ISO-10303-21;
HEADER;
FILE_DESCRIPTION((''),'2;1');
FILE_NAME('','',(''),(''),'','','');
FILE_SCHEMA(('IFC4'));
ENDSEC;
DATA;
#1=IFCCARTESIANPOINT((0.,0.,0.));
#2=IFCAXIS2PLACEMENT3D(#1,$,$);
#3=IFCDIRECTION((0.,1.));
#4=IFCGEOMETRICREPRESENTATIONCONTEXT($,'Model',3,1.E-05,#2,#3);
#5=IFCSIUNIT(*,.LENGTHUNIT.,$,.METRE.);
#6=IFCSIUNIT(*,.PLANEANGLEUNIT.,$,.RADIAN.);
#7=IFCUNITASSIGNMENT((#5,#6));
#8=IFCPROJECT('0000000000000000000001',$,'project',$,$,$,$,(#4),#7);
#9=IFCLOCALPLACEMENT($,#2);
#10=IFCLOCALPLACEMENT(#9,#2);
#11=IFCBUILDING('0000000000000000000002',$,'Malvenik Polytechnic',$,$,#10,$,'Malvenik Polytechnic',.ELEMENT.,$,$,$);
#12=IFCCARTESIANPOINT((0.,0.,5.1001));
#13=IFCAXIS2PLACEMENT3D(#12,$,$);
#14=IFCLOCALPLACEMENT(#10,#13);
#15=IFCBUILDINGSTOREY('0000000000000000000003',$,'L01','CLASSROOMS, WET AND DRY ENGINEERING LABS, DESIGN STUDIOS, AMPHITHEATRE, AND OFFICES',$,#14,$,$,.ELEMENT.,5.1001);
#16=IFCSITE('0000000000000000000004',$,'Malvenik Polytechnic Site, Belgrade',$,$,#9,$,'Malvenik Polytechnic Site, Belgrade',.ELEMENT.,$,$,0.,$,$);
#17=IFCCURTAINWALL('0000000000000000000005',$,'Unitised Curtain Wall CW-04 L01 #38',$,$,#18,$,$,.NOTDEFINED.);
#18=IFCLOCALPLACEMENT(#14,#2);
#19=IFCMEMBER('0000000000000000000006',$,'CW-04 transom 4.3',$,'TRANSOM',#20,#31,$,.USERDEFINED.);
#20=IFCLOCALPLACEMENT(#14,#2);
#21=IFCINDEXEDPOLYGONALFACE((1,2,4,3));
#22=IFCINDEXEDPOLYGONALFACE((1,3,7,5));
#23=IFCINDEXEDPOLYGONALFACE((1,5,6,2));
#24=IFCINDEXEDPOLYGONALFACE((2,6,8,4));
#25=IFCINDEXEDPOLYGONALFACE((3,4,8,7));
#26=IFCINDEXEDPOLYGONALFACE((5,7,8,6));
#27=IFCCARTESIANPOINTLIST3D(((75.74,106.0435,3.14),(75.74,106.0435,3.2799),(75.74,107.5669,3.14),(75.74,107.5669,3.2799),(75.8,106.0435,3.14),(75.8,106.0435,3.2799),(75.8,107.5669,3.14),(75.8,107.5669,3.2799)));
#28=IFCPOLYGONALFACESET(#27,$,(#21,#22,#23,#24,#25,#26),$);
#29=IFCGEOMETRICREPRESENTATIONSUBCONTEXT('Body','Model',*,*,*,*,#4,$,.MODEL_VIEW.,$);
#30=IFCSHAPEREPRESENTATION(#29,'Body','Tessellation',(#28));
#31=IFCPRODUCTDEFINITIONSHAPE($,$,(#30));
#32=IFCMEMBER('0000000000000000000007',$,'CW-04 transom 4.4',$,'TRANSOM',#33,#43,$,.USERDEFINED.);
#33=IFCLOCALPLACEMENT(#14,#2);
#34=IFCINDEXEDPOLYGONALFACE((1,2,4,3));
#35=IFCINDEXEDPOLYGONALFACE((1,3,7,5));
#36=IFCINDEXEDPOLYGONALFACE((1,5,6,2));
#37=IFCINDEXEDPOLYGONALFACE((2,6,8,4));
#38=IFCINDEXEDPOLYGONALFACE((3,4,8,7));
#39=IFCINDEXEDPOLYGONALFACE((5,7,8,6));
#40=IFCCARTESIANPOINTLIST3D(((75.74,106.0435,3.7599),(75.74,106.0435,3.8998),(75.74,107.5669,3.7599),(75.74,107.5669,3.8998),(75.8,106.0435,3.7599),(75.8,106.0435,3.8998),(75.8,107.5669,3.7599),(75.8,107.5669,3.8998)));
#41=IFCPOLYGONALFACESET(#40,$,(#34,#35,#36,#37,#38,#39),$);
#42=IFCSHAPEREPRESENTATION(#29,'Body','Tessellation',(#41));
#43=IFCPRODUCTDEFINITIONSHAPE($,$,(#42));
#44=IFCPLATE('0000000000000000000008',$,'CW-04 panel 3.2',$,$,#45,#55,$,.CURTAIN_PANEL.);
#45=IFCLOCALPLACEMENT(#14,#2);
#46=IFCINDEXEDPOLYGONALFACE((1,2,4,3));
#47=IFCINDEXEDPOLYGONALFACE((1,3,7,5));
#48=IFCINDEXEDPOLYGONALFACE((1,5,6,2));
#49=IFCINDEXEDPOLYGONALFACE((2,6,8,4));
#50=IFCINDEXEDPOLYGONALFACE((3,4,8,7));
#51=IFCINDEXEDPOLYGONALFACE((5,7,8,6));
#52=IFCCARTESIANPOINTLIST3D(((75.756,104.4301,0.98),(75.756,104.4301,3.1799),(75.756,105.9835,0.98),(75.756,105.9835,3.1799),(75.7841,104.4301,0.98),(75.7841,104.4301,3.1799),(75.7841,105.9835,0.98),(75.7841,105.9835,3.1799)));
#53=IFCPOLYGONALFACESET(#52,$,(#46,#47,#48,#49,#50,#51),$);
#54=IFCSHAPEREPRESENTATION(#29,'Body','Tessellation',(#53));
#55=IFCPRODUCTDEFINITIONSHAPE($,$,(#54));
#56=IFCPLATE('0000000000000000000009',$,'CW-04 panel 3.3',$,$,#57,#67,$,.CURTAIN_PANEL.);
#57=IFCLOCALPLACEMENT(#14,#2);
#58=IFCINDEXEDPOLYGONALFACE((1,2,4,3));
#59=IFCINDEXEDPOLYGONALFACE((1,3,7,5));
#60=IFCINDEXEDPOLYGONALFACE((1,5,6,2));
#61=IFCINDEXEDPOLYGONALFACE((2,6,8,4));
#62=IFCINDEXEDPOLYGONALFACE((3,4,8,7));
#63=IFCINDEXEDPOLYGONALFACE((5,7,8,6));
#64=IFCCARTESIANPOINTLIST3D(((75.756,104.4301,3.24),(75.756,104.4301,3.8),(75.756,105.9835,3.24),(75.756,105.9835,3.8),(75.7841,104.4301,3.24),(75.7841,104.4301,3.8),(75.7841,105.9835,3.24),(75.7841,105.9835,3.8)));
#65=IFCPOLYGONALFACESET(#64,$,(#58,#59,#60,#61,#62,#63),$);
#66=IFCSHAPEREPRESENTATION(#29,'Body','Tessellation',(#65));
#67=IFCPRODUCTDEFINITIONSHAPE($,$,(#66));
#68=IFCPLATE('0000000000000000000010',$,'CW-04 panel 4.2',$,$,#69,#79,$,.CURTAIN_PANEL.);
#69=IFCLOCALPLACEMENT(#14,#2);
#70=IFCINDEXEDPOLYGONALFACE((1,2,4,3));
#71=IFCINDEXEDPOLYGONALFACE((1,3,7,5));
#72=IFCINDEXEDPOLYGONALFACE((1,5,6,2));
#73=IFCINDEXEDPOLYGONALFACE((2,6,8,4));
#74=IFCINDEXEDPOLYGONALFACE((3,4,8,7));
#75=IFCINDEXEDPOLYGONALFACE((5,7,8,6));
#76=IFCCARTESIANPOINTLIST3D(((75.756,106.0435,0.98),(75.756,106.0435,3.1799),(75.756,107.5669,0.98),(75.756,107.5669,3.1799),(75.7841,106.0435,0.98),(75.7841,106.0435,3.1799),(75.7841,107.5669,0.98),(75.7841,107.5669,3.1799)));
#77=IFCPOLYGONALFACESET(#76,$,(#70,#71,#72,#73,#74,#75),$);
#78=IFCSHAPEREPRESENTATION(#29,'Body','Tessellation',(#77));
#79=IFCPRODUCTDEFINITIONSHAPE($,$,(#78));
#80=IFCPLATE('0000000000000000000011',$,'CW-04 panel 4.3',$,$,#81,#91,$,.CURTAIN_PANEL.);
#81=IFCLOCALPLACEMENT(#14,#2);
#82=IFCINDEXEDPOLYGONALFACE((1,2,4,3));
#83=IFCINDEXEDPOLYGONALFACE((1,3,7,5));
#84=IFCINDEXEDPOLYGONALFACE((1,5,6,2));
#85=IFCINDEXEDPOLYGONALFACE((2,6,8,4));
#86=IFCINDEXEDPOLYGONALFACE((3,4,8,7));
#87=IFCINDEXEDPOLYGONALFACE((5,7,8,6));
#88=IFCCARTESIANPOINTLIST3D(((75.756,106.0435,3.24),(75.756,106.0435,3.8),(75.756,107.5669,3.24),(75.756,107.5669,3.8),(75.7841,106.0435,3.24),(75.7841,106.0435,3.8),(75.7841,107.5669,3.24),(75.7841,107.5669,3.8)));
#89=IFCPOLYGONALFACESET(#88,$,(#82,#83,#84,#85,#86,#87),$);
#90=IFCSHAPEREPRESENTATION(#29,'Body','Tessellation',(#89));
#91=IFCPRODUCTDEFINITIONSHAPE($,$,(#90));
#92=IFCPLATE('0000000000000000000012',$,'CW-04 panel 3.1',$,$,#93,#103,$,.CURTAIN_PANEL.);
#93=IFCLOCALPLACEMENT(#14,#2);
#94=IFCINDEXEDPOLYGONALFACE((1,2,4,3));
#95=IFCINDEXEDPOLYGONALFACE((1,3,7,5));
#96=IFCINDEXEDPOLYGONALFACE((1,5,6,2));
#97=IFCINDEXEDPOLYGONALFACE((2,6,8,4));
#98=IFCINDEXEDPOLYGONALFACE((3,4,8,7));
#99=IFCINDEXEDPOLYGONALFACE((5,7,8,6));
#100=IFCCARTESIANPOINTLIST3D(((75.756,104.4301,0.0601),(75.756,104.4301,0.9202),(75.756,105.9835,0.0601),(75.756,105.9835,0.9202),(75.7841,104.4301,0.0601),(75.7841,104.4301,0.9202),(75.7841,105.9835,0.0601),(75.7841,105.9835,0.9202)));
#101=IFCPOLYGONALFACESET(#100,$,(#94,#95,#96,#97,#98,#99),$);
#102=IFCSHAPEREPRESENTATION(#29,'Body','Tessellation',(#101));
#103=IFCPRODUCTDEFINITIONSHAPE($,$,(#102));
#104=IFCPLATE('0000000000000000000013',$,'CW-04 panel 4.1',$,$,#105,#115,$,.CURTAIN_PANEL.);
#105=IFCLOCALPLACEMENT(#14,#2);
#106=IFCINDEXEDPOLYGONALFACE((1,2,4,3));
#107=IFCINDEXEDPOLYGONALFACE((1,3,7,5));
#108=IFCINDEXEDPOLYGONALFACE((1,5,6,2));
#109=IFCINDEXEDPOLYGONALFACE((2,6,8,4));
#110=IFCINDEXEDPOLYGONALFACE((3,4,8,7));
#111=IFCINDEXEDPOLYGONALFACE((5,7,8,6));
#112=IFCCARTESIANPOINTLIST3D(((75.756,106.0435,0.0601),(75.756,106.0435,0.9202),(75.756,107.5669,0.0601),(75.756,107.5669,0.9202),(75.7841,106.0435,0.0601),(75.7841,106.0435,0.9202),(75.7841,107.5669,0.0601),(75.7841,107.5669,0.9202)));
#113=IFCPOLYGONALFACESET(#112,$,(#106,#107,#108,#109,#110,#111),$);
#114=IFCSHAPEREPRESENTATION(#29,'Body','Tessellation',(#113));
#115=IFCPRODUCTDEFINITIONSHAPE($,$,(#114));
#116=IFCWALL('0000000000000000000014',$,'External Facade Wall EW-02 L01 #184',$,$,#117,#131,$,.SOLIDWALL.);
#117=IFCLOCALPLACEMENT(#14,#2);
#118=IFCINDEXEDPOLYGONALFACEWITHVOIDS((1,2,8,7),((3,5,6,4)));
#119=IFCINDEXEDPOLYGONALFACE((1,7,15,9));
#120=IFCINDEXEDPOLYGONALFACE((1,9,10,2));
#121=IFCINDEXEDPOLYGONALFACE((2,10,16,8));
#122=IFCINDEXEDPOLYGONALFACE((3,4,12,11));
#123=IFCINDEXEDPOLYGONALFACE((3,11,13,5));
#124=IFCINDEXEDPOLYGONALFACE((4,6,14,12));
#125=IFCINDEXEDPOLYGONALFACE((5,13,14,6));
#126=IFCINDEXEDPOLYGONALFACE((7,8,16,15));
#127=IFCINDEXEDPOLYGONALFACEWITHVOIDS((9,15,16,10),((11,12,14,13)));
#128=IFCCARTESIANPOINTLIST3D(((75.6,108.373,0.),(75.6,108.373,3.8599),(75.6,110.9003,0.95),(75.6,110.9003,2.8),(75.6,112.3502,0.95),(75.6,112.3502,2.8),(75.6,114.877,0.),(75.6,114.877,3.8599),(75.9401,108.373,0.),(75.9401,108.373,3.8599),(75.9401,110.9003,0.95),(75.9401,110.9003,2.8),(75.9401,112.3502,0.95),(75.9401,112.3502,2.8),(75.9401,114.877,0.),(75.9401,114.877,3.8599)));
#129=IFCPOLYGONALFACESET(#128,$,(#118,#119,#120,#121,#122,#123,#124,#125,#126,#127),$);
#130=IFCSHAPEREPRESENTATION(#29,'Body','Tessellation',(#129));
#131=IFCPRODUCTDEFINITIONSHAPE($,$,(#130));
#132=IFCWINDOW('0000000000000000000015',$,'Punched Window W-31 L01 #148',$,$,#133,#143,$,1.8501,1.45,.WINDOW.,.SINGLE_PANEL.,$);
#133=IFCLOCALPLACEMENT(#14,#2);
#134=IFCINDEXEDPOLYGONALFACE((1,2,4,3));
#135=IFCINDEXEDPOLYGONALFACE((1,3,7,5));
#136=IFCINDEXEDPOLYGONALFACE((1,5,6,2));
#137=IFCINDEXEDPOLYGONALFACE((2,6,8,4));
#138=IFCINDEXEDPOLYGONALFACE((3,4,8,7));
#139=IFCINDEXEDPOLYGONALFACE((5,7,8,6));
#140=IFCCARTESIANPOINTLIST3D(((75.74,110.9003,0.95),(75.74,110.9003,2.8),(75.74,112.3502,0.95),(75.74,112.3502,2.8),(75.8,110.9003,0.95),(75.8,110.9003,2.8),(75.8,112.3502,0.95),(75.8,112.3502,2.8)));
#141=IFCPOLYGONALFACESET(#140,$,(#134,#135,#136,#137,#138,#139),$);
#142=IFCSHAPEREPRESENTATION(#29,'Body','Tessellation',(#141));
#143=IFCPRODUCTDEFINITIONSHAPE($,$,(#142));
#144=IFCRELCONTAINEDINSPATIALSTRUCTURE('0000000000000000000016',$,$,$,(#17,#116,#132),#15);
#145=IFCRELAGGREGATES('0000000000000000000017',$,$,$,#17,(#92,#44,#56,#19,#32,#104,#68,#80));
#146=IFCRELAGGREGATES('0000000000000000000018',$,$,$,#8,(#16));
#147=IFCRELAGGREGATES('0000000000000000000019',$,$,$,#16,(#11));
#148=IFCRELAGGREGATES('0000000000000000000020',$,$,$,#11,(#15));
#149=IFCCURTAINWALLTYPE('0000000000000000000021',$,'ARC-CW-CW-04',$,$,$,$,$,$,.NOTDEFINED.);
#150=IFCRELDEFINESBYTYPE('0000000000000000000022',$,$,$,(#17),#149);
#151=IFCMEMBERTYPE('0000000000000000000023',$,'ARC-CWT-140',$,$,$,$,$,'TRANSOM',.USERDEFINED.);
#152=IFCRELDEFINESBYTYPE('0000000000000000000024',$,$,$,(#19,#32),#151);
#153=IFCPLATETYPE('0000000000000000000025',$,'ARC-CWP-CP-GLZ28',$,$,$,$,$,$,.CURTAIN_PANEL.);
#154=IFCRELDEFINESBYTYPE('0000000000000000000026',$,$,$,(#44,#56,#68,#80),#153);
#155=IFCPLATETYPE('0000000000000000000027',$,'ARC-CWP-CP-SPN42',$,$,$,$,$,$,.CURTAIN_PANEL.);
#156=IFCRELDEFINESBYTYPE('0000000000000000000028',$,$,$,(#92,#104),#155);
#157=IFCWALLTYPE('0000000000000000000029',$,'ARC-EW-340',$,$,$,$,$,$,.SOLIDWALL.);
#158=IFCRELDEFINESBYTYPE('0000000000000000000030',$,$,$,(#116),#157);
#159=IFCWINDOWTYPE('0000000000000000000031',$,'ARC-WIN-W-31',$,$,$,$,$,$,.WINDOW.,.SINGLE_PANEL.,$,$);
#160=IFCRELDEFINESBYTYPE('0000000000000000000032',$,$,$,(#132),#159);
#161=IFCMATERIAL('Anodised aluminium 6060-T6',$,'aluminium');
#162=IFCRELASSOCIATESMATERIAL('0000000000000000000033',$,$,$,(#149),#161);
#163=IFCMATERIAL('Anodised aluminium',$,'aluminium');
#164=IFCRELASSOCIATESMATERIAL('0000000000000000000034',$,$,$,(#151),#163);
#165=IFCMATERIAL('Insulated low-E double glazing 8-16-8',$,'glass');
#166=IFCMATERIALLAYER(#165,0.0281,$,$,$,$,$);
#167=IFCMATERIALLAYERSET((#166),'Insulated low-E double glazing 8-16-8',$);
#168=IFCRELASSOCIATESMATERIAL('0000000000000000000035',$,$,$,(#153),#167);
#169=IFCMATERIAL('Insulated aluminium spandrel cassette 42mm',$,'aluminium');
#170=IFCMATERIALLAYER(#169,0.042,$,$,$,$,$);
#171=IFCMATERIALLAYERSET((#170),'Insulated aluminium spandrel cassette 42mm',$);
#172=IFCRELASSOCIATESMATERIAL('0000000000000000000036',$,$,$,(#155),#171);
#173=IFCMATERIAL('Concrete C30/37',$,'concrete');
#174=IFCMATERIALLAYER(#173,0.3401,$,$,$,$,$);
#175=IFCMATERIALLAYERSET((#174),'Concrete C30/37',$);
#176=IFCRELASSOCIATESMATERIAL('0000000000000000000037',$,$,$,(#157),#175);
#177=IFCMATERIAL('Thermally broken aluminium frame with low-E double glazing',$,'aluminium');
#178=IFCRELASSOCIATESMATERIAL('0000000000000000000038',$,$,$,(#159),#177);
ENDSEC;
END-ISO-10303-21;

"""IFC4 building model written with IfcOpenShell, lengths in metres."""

from ifc_helpers import new_model, si_unit, direction, frame, frame_2d, origin, origin_2d, place, context, subcontext, project, spatial, rectangle, extrude, material, layer, layer_set, material_profile, profile_set, type_object, element, fill, aggregate, save


model = new_model("IFC4")

# Units and contexts
model_context = context("Model", 3, precision=1e-05, world=origin(), true_north=direction((0.0, 1.0)))
body_context = subcontext(model_context, "Body", "Model", "MODEL_VIEW")
ifc_project = project(units=[si_unit("LENGTHUNIT", "METRE"), si_unit("PLANEANGLEUNIT", "RADIAN")], contexts=[model_context])

# Site, building, storey
site_placement = place(None, origin())
site = spatial("IfcSite", under=ifc_project, at=site_placement, Name="Malvenik Polytechnic Site, Belgrade", LongName="Malvenik Polytechnic Site, Belgrade", CompositionType="ELEMENT", RefElevation=0.0)
building_placement = place(site_placement, origin())
building = spatial("IfcBuilding", under=site, at=building_placement, Name="Malvenik Polytechnic", LongName="Malvenik Polytechnic", CompositionType="ELEMENT")
storey_placement = place(building_placement, frame((0.0, 0.0, 5.1001)))
storey = spatial("IfcBuildingStorey", under=building, at=storey_placement, Name="L01", Description="CLASSROOMS, WET AND DRY ENGINEERING LABS, DESIGN STUDIOS, AMPHITHEATRE, AND OFFICES", CompositionType="ELEMENT", Elevation=5.1001)

# Curtain wall, members, plates
ifc_material_1 = material(Name="Anodised aluminium 6060-T6", Category="aluminium")
curtain_wall_type = type_object("IfcCurtainWallType", Name="ARC-CW-CW-04", PredefinedType="NOTDEFINED", material=ifc_material_1)
curtain_wall_placement = place(storey_placement, origin())
curtain_wall = element("IfcCurtainWall", 1, at=curtain_wall_placement, inside=storey, type_object=curtain_wall_type, Name="Unitised Curtain Wall CW-04 L01 #38", PredefinedType="NOTDEFINED")
ifc_material_2 = material(Name="Anodised aluminium", Category="aluminium")
ifc_material_profile_1 = material_profile(ifc_material_2, rectangle(XDim=0.0601, YDim=0.1399, at=origin_2d()), Name="ALU TRANSOM 60x140")
ifc_profile_set_1 = profile_set([ifc_material_profile_1], Name="Anodised aluminium")
member_type_1 = type_object("IfcMemberType", Name="ARC-CWT-140", ElementType="TRANSOM", PredefinedType="USERDEFINED", material=ifc_profile_set_1)
member_1_placement = place(storey_placement, frame((75.77, 106.0435, 3.21), z_axis=(0.0, 1.0, 0.0), x_axis=(-1.0, 0.0, 0.0)))
member_1 = element("IfcMember", 2, at=member_1_placement, type_object=member_type_1, Name="CW-04 transom 4.3", ObjectType="TRANSOM", PredefinedType="USERDEFINED", context=body_context, shape_type="SweptSolid", body=[
    extrude(rectangle(XDim=0.0601, YDim=0.1399, at=origin_2d()), origin(), (0.0, 0.0, 1.0), 1.5234),
])
member_2_placement = place(storey_placement, frame((75.77, 106.0435, 3.8298), z_axis=(0.0, 1.0, 0.0), x_axis=(-1.0, 0.0, 0.0)))
member_2 = element("IfcMember", 3, at=member_2_placement, type_object=member_type_1, Name="CW-04 transom 4.4", ObjectType="TRANSOM", PredefinedType="USERDEFINED", context=body_context, shape_type="SweptSolid", body=[
    extrude(rectangle(XDim=0.0601, YDim=0.1399, at=origin_2d()), origin(), (0.0, 0.0, 1.0), 1.5234),
])
ifc_material_3 = material(Name="Insulated low-E double glazing 8-16-8", Category="glass")
ifc_layer_1 = layer(ifc_material_3, 0.0281)
ifc_layer_set_1 = layer_set([ifc_layer_1], Name="Insulated low-E double glazing 8-16-8")
plate_type_1 = type_object("IfcPlateType", Name="ARC-CWP-CP-GLZ28", PredefinedType="CURTAIN_PANEL", material=ifc_layer_set_1)
plate_1_placement = place(storey_placement, frame((75.77, 105.2068, 0.98), z_axis=(0.0, 0.0, 1.0), x_axis=(0.0, 1.0, 0.0)))
plate_1 = element("IfcPlate", 4, at=plate_1_placement, type_object=plate_type_1, Name="CW-04 panel 3.2", PredefinedType="CURTAIN_PANEL", context=body_context, shape_type="SweptSolid", body=[
    extrude(rectangle(XDim=1.5535, YDim=0.0281, at=origin_2d()), origin(), (0.0, 0.0, 1.0), 2.2),
])
plate_2_placement = place(storey_placement, frame((75.77, 105.2068, 3.24), z_axis=(0.0, 0.0, 1.0), x_axis=(0.0, 1.0, 0.0)))
plate_2 = element("IfcPlate", 5, at=plate_2_placement, type_object=plate_type_1, Name="CW-04 panel 3.3", PredefinedType="CURTAIN_PANEL", context=body_context, shape_type="SweptSolid", body=[
    extrude(rectangle(XDim=1.5535, YDim=0.0281, at=origin_2d()), origin(), (0.0, 0.0, 1.0), 0.5601),
])
plate_3_placement = place(storey_placement, frame((75.77, 106.8052, 0.98), z_axis=(0.0, 0.0, 1.0), x_axis=(0.0, 1.0, 0.0)))
plate_3 = element("IfcPlate", 6, at=plate_3_placement, type_object=plate_type_1, Name="CW-04 panel 4.2", PredefinedType="CURTAIN_PANEL", context=body_context, shape_type="SweptSolid", body=[
    extrude(rectangle(XDim=1.5234, YDim=0.0281, at=origin_2d()), origin(), (0.0, 0.0, 1.0), 2.2),
])
plate_4_placement = place(storey_placement, frame((75.77, 106.8052, 3.24), z_axis=(0.0, 0.0, 1.0), x_axis=(0.0, 1.0, 0.0)))
plate_4 = element("IfcPlate", 7, at=plate_4_placement, type_object=plate_type_1, Name="CW-04 panel 4.3", PredefinedType="CURTAIN_PANEL", context=body_context, shape_type="SweptSolid", body=[
    extrude(rectangle(XDim=1.5234, YDim=0.0281, at=origin_2d()), origin(), (0.0, 0.0, 1.0), 0.5601),
])
ifc_material_4 = material(Name="Insulated aluminium spandrel cassette 42mm", Category="aluminium")
ifc_layer_2 = layer(ifc_material_4, 0.042)
ifc_layer_set_2 = layer_set([ifc_layer_2], Name="Insulated aluminium spandrel cassette 42mm")
plate_type_2 = type_object("IfcPlateType", Name="ARC-CWP-CP-SPN42", PredefinedType="CURTAIN_PANEL", material=ifc_layer_set_2)
plate_5_placement = place(storey_placement, frame((75.77, 105.2068, 0.0601), z_axis=(0.0, 0.0, 1.0), x_axis=(0.0, 1.0, 0.0)))
plate_5 = element("IfcPlate", 8, at=plate_5_placement, type_object=plate_type_2, Name="CW-04 panel 3.1", PredefinedType="CURTAIN_PANEL", context=body_context, shape_type="SweptSolid", body=[
    extrude(rectangle(XDim=1.5535, YDim=0.0281, at=origin_2d()), origin(), (0.0, 0.0, 1.0), 0.8601),
])
plate_6_placement = place(storey_placement, frame((75.77, 106.8052, 0.0601), z_axis=(0.0, 0.0, 1.0), x_axis=(0.0, 1.0, 0.0)))
plate_6 = element("IfcPlate", 9, at=plate_6_placement, type_object=plate_type_2, Name="CW-04 panel 4.1", PredefinedType="CURTAIN_PANEL", context=body_context, shape_type="SweptSolid", body=[
    extrude(rectangle(XDim=1.5234, YDim=0.0281, at=origin_2d()), origin(), (0.0, 0.0, 1.0), 0.8601),
])
aggregate(curtain_wall, [plate_5, plate_1, plate_2, member_1, member_2, plate_6, plate_3, plate_4])

# Wall, opening, window
ifc_material_5 = material(Name="Concrete C30/37", Category="concrete")
ifc_layer_3 = layer(ifc_material_5, 0.3401)
ifc_layer_set_3 = layer_set([ifc_layer_3], Name="Concrete C30/37")
wall_type = type_object("IfcWallType", Name="ARC-EW-340", PredefinedType="SOLIDWALL", material=ifc_layer_set_3)
wall_placement = place(storey_placement, frame((75.77, 108.373, 0.0), z_axis=(0.0, 0.0, 1.0), x_axis=(0.0, 1.0, 0.0)))
wall = element("IfcWall", 10, at=wall_placement, inside=storey, type_object=wall_type, Name="External Facade Wall EW-02 L01 #184", PredefinedType="SOLIDWALL", context=body_context, shape_type="SweptSolid", body=[
    extrude(rectangle(XDim=6.5039, YDim=0.3401, at=frame_2d((3.252, 0.0))), origin(), (0.0, 0.0, 1.0), 3.8599),
])
opening_placement = place(wall_placement, frame((2.5271, 0.0, 0.95)))
opening = element("IfcOpeningElement", 11, at=opening_placement, cuts=wall, PredefinedType="OPENING", context=body_context, shape_type="SweptSolid", body=[
    extrude(rectangle(XDim=1.45, YDim=1.8501, at=frame_2d((0.7251, 0.925))), frame((0.0, 0.1802, 0.0), z_axis=(0.0, -1.0, 0.0), x_axis=(1.0, 0.0, 0.0)), (0.0, 0.0, 1.0), 0.3601),
])
ifc_material_6 = material(Name="Thermally broken aluminium frame with low-E double glazing", Category="aluminium")
window_type = type_object("IfcWindowType", Name="ARC-WIN-W-31", PartitioningType="SINGLE_PANEL", PredefinedType="WINDOW", material=ifc_material_6)
window_placement = place(opening_placement, origin())
window = element("IfcWindow", 12, at=window_placement, inside=storey, type_object=window_type, Name="Punched Window W-31 L01 #148", OverallHeight=1.8501, OverallWidth=1.45, PartitioningType="SINGLE_PANEL", PredefinedType="WINDOW", context=body_context, shape_type="SweptSolid", body=[
    extrude(rectangle(XDim=1.45, YDim=1.8501, at=frame_2d((0.7251, 0.925))), frame((0.0, 0.03, 0.0), z_axis=(0.0, -1.0, 0.0), x_axis=(1.0, 0.0, 0.0)), (0.0, 0.0, 1.0), 0.0601),
])
fill(opening, window)

save(model, "model.ifc")
